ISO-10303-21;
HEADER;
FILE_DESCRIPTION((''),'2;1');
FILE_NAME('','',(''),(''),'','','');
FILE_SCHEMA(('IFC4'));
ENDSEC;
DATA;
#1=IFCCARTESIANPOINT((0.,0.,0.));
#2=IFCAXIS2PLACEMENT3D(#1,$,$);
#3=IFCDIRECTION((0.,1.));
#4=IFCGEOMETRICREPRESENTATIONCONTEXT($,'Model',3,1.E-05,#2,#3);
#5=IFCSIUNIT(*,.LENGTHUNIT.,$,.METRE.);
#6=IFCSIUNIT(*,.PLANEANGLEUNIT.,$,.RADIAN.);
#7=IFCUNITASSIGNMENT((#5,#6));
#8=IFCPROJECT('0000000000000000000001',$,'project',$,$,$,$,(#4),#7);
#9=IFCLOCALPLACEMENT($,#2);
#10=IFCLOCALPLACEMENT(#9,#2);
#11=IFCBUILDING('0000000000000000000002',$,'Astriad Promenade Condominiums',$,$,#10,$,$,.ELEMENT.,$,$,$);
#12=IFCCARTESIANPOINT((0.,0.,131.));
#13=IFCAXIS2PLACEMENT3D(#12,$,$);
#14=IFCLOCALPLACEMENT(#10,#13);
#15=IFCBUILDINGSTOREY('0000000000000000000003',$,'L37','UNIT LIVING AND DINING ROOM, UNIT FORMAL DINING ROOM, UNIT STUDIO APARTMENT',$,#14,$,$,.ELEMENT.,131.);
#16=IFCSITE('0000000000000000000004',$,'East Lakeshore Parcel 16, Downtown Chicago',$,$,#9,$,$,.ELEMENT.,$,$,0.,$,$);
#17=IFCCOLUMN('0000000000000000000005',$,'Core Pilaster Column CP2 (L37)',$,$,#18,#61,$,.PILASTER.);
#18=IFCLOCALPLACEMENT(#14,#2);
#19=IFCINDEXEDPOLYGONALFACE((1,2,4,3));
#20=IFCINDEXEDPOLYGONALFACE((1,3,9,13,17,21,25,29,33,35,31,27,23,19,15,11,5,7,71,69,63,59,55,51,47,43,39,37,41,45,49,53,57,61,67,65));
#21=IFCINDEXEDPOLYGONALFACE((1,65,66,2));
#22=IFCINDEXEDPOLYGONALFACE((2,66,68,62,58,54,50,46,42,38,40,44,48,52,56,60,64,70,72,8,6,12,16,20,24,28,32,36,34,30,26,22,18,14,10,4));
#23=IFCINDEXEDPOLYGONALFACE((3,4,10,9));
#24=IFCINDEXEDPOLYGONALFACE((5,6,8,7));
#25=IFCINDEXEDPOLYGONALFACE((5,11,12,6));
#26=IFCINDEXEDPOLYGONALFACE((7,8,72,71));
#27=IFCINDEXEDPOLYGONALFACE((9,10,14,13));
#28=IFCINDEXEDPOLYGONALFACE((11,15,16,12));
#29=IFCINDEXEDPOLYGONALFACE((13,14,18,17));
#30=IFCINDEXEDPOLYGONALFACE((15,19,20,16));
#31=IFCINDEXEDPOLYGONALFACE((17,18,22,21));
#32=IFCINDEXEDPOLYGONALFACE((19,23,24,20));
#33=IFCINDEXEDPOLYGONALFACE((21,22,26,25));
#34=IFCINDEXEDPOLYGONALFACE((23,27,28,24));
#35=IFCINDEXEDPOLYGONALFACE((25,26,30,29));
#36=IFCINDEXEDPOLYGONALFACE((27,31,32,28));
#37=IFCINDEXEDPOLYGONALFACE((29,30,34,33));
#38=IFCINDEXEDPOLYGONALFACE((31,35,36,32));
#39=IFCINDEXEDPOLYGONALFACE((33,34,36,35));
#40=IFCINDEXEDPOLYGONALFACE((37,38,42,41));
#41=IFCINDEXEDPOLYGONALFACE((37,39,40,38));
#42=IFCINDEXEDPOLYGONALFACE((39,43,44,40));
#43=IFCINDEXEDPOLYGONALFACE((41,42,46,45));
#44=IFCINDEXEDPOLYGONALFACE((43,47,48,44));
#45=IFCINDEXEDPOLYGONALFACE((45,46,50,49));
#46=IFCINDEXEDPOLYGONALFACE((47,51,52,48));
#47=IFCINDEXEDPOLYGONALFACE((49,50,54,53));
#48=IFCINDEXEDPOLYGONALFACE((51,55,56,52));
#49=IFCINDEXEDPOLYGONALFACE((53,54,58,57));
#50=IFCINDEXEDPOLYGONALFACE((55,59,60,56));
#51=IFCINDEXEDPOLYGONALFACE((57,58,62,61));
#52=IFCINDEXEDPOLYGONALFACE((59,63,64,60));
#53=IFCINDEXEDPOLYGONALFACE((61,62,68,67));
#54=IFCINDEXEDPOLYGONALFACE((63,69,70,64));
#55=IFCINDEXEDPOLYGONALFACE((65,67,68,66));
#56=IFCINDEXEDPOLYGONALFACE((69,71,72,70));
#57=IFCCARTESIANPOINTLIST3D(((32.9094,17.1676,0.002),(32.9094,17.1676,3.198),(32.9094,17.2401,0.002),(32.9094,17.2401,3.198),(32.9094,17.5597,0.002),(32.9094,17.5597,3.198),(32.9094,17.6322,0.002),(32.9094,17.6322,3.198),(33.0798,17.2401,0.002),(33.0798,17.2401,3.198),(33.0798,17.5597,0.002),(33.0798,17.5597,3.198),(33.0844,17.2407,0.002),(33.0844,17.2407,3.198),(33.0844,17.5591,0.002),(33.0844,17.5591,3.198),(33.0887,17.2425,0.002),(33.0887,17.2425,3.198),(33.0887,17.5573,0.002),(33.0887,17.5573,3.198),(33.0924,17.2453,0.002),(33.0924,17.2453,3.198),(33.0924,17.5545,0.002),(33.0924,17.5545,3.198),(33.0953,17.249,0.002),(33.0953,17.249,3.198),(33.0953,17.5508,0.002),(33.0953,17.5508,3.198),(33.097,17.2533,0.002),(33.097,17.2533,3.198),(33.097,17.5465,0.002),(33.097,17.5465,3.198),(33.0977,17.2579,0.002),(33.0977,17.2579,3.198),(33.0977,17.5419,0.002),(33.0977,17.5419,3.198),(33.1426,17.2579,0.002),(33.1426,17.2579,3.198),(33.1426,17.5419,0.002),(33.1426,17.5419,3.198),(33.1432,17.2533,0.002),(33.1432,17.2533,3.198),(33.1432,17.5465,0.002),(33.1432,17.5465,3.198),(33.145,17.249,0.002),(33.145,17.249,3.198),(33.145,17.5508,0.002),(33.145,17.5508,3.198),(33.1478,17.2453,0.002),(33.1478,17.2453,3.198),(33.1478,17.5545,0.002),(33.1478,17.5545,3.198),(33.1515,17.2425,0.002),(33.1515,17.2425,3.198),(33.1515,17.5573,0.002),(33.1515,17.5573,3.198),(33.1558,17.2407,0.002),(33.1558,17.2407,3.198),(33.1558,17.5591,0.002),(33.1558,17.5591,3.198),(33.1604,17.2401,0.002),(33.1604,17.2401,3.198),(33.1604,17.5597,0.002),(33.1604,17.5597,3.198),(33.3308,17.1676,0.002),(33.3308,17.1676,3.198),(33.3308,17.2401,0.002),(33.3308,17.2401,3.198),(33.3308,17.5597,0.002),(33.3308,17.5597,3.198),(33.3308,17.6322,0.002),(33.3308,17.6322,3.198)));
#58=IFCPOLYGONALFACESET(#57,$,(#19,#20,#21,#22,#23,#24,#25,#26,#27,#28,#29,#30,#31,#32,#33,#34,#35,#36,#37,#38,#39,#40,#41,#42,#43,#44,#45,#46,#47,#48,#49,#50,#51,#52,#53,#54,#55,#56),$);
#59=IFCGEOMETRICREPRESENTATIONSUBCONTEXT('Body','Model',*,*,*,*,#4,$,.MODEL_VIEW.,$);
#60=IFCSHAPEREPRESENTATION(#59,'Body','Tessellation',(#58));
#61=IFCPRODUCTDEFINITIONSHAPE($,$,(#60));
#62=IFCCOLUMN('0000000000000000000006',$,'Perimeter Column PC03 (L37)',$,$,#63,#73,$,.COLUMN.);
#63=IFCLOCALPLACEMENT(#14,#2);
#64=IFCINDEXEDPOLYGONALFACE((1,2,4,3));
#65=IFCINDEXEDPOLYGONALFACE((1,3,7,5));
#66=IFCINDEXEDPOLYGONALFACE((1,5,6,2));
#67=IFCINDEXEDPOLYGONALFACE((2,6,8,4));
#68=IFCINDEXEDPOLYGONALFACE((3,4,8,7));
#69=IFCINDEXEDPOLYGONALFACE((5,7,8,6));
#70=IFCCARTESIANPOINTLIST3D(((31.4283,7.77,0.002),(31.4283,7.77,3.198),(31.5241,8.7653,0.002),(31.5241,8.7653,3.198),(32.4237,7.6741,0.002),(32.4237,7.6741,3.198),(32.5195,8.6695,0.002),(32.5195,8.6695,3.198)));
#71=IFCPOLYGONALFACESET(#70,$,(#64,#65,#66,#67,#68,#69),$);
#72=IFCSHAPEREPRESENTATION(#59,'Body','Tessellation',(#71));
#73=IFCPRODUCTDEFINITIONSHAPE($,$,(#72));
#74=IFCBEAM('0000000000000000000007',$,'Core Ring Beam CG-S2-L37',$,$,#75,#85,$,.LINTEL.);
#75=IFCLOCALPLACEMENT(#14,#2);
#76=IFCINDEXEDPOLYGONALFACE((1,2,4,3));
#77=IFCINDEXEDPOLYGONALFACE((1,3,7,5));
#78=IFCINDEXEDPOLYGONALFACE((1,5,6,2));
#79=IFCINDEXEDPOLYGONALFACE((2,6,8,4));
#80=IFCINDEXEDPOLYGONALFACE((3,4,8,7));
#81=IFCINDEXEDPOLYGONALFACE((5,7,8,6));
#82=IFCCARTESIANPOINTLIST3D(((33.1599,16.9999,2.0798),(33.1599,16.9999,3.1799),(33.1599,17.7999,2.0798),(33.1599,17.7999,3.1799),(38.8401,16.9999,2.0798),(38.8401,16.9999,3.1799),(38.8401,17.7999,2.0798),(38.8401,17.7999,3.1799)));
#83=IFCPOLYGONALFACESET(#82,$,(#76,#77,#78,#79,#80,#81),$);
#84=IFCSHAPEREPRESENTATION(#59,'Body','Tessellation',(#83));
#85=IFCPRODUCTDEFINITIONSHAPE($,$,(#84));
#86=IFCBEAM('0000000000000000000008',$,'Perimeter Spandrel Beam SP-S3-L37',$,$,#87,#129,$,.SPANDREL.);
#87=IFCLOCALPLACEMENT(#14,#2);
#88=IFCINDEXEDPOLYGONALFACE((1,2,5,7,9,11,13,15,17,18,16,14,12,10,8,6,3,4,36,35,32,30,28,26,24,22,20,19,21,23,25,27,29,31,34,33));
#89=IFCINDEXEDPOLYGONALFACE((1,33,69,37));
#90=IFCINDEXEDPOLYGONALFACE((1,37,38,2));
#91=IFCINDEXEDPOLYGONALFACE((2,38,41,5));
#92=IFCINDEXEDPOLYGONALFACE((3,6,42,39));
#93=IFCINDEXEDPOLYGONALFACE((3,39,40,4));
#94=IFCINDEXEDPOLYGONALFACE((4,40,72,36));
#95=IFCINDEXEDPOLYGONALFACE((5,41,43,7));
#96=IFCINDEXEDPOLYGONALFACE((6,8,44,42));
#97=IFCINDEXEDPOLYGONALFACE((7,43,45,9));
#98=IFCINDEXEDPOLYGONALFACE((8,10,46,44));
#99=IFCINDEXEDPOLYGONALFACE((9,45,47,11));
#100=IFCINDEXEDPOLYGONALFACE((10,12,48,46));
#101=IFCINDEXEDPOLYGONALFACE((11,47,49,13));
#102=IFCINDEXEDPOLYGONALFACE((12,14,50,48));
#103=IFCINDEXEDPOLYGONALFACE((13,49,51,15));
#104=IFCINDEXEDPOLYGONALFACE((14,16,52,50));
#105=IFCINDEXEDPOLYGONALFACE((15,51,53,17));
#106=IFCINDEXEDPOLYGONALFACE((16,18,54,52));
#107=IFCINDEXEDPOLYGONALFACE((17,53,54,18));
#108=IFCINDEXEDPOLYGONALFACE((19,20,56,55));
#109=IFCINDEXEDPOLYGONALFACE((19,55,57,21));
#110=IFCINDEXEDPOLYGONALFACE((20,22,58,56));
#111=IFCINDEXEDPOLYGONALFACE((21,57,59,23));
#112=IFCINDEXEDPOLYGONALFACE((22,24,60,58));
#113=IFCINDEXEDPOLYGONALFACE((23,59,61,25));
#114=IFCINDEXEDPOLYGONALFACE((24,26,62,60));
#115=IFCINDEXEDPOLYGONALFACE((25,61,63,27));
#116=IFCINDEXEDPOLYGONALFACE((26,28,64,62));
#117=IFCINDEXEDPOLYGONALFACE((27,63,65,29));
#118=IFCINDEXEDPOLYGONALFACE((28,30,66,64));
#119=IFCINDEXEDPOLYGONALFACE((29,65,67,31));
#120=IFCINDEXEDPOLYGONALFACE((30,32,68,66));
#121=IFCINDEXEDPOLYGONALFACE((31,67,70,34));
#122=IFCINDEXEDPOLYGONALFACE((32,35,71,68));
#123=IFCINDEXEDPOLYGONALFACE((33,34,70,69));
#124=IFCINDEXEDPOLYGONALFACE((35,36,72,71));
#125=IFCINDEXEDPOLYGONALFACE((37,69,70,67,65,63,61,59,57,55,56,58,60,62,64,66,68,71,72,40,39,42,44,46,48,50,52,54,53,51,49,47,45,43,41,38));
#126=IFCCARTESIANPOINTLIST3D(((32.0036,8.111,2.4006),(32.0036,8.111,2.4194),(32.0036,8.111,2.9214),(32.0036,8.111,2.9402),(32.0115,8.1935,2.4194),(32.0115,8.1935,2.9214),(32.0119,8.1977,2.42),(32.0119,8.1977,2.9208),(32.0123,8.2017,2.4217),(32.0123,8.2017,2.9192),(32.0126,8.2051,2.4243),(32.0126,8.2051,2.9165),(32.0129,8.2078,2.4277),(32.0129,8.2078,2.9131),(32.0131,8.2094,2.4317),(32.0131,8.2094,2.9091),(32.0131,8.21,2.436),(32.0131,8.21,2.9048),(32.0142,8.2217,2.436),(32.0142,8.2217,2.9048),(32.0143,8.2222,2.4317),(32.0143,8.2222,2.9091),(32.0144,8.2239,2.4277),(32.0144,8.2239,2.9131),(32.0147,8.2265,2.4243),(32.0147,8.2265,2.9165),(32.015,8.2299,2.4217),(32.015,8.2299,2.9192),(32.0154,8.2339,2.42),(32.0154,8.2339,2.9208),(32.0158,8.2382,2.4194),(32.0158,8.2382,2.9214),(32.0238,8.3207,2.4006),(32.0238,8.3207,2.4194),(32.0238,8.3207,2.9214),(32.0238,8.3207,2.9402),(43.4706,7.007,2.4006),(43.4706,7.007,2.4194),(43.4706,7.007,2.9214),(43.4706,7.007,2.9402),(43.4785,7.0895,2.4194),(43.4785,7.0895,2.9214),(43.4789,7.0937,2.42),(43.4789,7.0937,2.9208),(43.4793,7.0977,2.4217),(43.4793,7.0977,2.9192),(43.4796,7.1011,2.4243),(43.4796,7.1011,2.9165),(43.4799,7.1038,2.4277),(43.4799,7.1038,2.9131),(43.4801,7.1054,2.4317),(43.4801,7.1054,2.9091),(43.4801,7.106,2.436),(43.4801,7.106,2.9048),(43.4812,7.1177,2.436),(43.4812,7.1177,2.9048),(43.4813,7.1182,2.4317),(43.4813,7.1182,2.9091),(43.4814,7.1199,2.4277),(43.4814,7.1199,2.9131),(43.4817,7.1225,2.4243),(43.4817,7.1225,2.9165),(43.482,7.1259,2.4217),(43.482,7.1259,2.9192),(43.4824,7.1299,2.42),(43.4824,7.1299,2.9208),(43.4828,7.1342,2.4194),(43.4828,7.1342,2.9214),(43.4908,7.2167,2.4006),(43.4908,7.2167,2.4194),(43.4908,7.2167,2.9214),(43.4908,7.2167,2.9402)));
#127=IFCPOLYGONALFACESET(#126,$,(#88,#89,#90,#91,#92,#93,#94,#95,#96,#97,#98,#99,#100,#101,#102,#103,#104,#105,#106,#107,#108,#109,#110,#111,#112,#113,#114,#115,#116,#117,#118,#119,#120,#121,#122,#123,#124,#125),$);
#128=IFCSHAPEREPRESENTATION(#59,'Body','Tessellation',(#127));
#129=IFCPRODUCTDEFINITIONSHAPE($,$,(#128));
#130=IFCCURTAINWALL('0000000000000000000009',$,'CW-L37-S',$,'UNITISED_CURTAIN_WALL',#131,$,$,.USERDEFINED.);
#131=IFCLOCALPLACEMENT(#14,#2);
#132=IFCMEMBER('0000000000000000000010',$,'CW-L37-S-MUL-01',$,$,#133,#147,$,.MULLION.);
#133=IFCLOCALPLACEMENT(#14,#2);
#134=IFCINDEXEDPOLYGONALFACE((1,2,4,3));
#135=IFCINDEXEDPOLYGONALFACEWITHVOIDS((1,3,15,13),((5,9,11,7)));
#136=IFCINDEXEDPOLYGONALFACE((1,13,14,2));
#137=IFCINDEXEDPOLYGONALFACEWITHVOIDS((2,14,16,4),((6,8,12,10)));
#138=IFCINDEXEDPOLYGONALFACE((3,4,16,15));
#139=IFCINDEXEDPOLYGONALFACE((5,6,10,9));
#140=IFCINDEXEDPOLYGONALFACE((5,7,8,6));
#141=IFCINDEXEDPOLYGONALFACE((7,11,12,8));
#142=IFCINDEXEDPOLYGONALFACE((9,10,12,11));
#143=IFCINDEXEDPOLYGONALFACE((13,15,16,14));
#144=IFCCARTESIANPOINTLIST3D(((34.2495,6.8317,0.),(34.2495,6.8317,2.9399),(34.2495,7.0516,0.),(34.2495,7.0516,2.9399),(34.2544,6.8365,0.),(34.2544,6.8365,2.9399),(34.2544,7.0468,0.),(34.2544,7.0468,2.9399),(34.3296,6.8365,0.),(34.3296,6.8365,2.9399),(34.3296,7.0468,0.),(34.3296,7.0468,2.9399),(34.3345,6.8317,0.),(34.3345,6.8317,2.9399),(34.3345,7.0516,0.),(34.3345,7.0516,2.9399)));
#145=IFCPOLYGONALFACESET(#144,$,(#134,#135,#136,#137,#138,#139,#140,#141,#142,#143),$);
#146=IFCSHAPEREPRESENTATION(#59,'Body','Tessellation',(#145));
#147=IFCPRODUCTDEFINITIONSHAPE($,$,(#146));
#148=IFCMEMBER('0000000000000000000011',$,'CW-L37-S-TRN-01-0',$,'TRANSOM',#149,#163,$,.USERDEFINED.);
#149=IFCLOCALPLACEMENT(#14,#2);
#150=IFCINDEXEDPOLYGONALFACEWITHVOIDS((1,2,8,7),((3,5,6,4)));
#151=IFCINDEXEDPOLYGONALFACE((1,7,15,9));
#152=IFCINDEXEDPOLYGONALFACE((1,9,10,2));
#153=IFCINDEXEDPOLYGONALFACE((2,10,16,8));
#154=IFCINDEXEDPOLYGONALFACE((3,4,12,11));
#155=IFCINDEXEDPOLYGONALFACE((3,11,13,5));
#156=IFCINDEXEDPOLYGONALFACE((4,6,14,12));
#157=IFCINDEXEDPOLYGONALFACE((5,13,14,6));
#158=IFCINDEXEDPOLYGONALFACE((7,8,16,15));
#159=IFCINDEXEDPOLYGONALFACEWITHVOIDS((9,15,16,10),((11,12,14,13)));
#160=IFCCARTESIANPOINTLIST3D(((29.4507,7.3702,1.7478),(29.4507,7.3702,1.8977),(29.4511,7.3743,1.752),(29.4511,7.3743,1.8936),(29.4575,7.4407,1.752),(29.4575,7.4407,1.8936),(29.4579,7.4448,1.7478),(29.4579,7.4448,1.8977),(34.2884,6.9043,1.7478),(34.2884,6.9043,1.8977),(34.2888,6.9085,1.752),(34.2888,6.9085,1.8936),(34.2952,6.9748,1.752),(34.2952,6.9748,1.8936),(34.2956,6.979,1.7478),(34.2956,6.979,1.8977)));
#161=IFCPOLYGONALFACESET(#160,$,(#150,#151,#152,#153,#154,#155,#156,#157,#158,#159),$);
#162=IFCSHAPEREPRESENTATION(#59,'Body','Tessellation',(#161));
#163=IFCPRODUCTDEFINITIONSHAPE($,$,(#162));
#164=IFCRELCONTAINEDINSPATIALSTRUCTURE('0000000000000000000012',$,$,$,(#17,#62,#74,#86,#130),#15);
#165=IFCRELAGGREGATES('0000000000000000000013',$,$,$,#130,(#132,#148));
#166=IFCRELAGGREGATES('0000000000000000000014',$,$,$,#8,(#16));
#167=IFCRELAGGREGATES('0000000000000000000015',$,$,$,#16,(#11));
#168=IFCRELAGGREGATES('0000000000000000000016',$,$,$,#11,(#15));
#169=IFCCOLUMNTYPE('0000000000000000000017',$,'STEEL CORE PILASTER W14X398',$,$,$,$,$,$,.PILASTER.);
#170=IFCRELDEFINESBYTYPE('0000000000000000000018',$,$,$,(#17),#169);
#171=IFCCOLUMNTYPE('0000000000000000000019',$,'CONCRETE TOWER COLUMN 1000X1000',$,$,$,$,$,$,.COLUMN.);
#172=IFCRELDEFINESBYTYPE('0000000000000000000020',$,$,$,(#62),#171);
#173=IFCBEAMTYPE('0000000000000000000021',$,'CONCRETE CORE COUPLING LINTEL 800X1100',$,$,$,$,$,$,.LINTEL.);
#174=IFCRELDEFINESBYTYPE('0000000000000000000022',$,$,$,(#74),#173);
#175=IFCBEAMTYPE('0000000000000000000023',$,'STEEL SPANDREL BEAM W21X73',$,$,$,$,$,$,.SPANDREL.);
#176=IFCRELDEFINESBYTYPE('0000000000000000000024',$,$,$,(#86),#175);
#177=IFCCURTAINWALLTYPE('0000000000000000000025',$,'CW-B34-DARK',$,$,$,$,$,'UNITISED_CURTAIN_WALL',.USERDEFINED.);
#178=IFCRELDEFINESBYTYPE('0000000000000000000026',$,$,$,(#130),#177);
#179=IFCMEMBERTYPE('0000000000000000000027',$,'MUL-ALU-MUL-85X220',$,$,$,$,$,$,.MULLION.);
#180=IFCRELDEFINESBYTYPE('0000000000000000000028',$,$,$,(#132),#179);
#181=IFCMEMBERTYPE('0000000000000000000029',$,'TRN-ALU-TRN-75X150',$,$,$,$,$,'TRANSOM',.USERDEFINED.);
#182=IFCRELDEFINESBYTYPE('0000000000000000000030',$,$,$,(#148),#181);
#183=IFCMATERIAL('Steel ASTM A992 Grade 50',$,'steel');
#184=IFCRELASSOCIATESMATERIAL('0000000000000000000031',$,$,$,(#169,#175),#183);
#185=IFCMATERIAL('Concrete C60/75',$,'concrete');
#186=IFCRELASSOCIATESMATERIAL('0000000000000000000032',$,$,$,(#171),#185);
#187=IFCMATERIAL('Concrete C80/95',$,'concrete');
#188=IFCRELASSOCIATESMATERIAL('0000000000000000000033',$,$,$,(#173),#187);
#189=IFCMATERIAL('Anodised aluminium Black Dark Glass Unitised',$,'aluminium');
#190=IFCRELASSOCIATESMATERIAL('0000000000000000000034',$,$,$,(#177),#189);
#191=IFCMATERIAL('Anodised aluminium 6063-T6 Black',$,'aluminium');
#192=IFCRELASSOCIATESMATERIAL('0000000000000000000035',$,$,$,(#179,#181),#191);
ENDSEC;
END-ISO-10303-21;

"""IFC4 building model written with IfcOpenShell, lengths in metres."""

from ifc_helpers import new_model, si_unit, direction, frame, origin, origin_2d, place, context, subcontext, project, spatial, rectangle, hollow_rectangle, i_section, extrude, source, transform, mapped, material, material_profile, profile_set, type_object, type_shapes, element, aggregate, save


model = new_model("IFC4")

# Units and contexts
model_context = context("Model", 3, precision=1e-05, world=origin(), true_north=direction((0.0, 1.0)))
body_context = subcontext(model_context, "Body", "Model", "MODEL_VIEW")
ifc_project = project(units=[si_unit("LENGTHUNIT", "METRE"), si_unit("PLANEANGLEUNIT", "RADIAN")], contexts=[model_context])

# Site, building, storey
site_placement = place(None, origin())
site = spatial("IfcSite", under=ifc_project, at=site_placement, Name="East Lakeshore Parcel 16, Downtown Chicago", CompositionType="ELEMENT", RefElevation=0.0)
building_placement = place(site_placement, origin())
building = spatial("IfcBuilding", under=site, at=building_placement, Name="Astriad Promenade Condominiums", CompositionType="ELEMENT")
storey_placement = place(building_placement, frame((0.0, 0.0, 131.0)))
storey = spatial("IfcBuildingStorey", under=building, at=storey_placement, Name="L37", Description="UNIT LIVING AND DINING ROOM, UNIT FORMAL DINING ROOM, UNIT STUDIO APARTMENT", CompositionType="ELEMENT", Elevation=131.0)

# Columns
ifc_material_1 = material(Name="Steel ASTM A992 Grade 50", Category="steel")
ifc_material_profile_1 = material_profile(ifc_material_1, i_section(OverallWidth=0.4214, OverallDepth=0.4646, WebThickness=0.0449, FlangeThickness=0.0725, FilletRadius=0.0178, at=origin_2d()), Name="W14X398")
ifc_profile_set_1 = profile_set([ifc_material_profile_1], Name="Steel ASTM A992 Grade 50")
column_type_1 = type_object("IfcColumnType", Name="STEEL CORE PILASTER W14X398", PredefinedType="PILASTER", material=ifc_profile_set_1)
shared_shape_1 = source(origin(), body_context, "Body", "SweptSolid", [
    extrude(i_section(OverallWidth=0.4214, OverallDepth=0.4646, WebThickness=0.0449, FlangeThickness=0.0725, FilletRadius=0.0178, at=origin_2d()), origin(), (0.0, 0.0, 1.0), 3.196),
])
type_shapes(column_type_1, [shared_shape_1])
column_1_placement = place(storey_placement, frame((33.1201, 17.3999, 0.002), z_axis=(0.0, 0.0, 1.0), x_axis=(1.0, 0.0, 0.0)))
element("IfcColumn", 1, at=column_1_placement, inside=storey, type_object=column_type_1, Name="Core Pilaster Column CP2 (L37)", PredefinedType="PILASTER", context=body_context, shape_type="MappedRepresentation", body=[
    mapped(shared_shape_1, transform((0.0, 0.0, 0.0), scale=1.0)),
])
ifc_material_2 = material(Name="Concrete C60/75", Category="concrete")
ifc_material_profile_2 = material_profile(ifc_material_2, rectangle(XDim=1.0, YDim=1.0, at=origin_2d()), Name="RC-COL-1000X1000")
ifc_profile_set_2 = profile_set([ifc_material_profile_2], Name="Concrete C60/75")
column_type_2 = type_object("IfcColumnType", Name="CONCRETE TOWER COLUMN 1000X1000", PredefinedType="COLUMN", material=ifc_profile_set_2)
shared_shape_2 = source(origin(), body_context, "Body", "SweptSolid", [
    extrude(rectangle(XDim=1.0, YDim=1.0, at=origin_2d()), origin(), (0.0, 0.0, 1.0), 3.196),
])
type_shapes(column_type_2, [shared_shape_2])
column_2_placement = place(storey_placement, frame((31.9739, 8.2197, 0.002), z_axis=(0.0, 0.0, 1.0), x_axis=(0.995396, -0.095846, 0.0)))
element("IfcColumn", 2, at=column_2_placement, inside=storey, type_object=column_type_2, Name="Perimeter Column PC03 (L37)", PredefinedType="COLUMN", context=body_context, shape_type="MappedRepresentation", body=[
    mapped(shared_shape_2, transform((0.0, 0.0, 0.0), scale=1.0)),
])

# Beams
ifc_material_3 = material(Name="Concrete C80/95", Category="concrete")
ifc_material_profile_3 = material_profile(ifc_material_3, rectangle(XDim=0.8, YDim=1.1001, at=origin_2d()), Name="RC-BM-800X1100")
ifc_profile_set_3 = profile_set([ifc_material_profile_3], Name="Concrete C80/95")
beam_type_1 = type_object("IfcBeamType", Name="CONCRETE CORE COUPLING LINTEL 800X1100", PredefinedType="LINTEL", material=ifc_profile_set_3)
shared_shape_3 = source(origin(), body_context, "Body", "SweptSolid", [
    extrude(rectangle(XDim=0.8, YDim=1.1001, at=origin_2d()), origin(), (0.0, 0.0, 1.0), 5.6802),
])
type_shapes(beam_type_1, [shared_shape_3])
beam_1_placement = place(storey_placement, frame((33.1599, 17.3999, 2.6299), z_axis=(1.0, 0.0, 0.0), x_axis=(0.0, 1.0, 0.0)))
element("IfcBeam", 3, at=beam_1_placement, inside=storey, type_object=beam_type_1, Name="Core Ring Beam CG-S2-L37", PredefinedType="LINTEL", context=body_context, shape_type="MappedRepresentation", body=[
    mapped(shared_shape_3, transform((0.0, 0.0, 0.0), scale=1.0)),
])
ifc_material_profile_4 = material_profile(ifc_material_1, i_section(OverallWidth=0.2107, OverallDepth=0.5396, WebThickness=0.0117, FlangeThickness=0.0188, FilletRadius=0.0166, at=origin_2d()), Name="W21X73")
ifc_profile_set_4 = profile_set([ifc_material_profile_4], Name="Steel ASTM A992 Grade 50")
beam_type_2 = type_object("IfcBeamType", Name="STEEL SPANDREL BEAM W21X73", PredefinedType="SPANDREL", material=ifc_profile_set_4)
shared_shape_4 = source(origin(), body_context, "Body", "SweptSolid", [
    extrude(i_section(OverallWidth=0.2107, OverallDepth=0.5396, WebThickness=0.0117, FlangeThickness=0.0188, FilletRadius=0.0166, at=origin_2d()), origin(), (0.0, 0.0, 1.0), 11.52),
])
type_shapes(beam_type_2, [shared_shape_4])
beam_2_placement = place(storey_placement, frame((32.0137, 8.2158, 2.6704), z_axis=(0.995397, -0.095833, 0.0), x_axis=(0.095833, 0.995397, 0.0)))
element("IfcBeam", 4, at=beam_2_placement, inside=storey, type_object=beam_type_2, Name="Perimeter Spandrel Beam SP-S3-L37", PredefinedType="SPANDREL", context=body_context, shape_type="MappedRepresentation", body=[
    mapped(shared_shape_4, transform((0.0, 0.0, 0.0), scale=1.0)),
])

# Curtain wall, members
ifc_material_4 = material(Name="Anodised aluminium Black Dark Glass Unitised", Category="aluminium")
curtain_wall_type = type_object("IfcCurtainWallType", Name="CW-B34-DARK", ElementType="UNITISED_CURTAIN_WALL", PredefinedType="USERDEFINED", material=ifc_material_4)
curtain_wall_placement = place(storey_placement, origin())
curtain_wall = element("IfcCurtainWall", 5, at=curtain_wall_placement, inside=storey, type_object=curtain_wall_type, Name="CW-L37-S", ObjectType="UNITISED_CURTAIN_WALL", PredefinedType="USERDEFINED")
ifc_material_5 = material(Name="Anodised aluminium 6063-T6 Black", Category="aluminium")
ifc_material_profile_5 = material_profile(ifc_material_5, hollow_rectangle(XDim=0.085, YDim=0.22, WallThickness=0.0049, at=origin_2d()), Name="ALU-MUL-85X220")
ifc_profile_set_5 = profile_set([ifc_material_profile_5], Name="Anodised aluminium 6063-T6 Black")
member_type_1 = type_object("IfcMemberType", Name="MUL-ALU-MUL-85X220", PredefinedType="MULLION", material=ifc_profile_set_5)
shared_shape_5 = source(origin(), body_context, "Body", "SweptSolid", [
    extrude(hollow_rectangle(XDim=0.085, YDim=0.22, WallThickness=0.0049, at=origin_2d()), origin(), (0.0, 0.0, 1.0), 2.9399),
])
type_shapes(member_type_1, [shared_shape_5])
member_1_placement = place(storey_placement, frame((34.292, 6.9417, 0.0), z_axis=(0.0, 0.0, 1.0), x_axis=(1.0, 0.0, 0.0)))
member_1 = element("IfcMember", 6, at=member_1_placement, type_object=member_type_1, Name="CW-L37-S-MUL-01", PredefinedType="MULLION", context=body_context, shape_type="MappedRepresentation", body=[
    mapped(shared_shape_5, transform((0.0, 0.0, 0.0), scale=1.0)),
])
ifc_material_profile_6 = material_profile(ifc_material_5, hollow_rectangle(XDim=0.075, YDim=0.1499, WallThickness=0.0042, at=origin_2d()), Name="ALU-TRN-75X150")
ifc_profile_set_6 = profile_set([ifc_material_profile_6], Name="Anodised aluminium 6063-T6 Black")
member_type_2 = type_object("IfcMemberType", Name="TRN-ALU-TRN-75X150", ElementType="TRANSOM", PredefinedType="USERDEFINED", material=ifc_profile_set_6)
shared_shape_6 = source(origin(), body_context, "Body", "SweptSolid", [
    extrude(hollow_rectangle(XDim=0.075, YDim=0.1499, WallThickness=0.0042, at=origin_2d()), origin(), (0.0, 0.0, 1.0), 4.8601),
])
type_shapes(member_type_2, [shared_shape_6])
member_2_placement = place(storey_placement, frame((34.292, 6.9417, 1.8228), z_axis=(-0.995396, 0.095847, 0.0), x_axis=(-0.095847, -0.995396, 0.0)))
member_2 = element("IfcMember", 7, at=member_2_placement, type_object=member_type_2, Name="CW-L37-S-TRN-01-0", ObjectType="TRANSOM", PredefinedType="USERDEFINED", context=body_context, shape_type="MappedRepresentation", body=[
    mapped(shared_shape_6, transform((0.0, 0.0, 0.0), scale=1.0)),
])
aggregate(curtain_wall, [member_1, member_2])

save(model, "model.ifc")
